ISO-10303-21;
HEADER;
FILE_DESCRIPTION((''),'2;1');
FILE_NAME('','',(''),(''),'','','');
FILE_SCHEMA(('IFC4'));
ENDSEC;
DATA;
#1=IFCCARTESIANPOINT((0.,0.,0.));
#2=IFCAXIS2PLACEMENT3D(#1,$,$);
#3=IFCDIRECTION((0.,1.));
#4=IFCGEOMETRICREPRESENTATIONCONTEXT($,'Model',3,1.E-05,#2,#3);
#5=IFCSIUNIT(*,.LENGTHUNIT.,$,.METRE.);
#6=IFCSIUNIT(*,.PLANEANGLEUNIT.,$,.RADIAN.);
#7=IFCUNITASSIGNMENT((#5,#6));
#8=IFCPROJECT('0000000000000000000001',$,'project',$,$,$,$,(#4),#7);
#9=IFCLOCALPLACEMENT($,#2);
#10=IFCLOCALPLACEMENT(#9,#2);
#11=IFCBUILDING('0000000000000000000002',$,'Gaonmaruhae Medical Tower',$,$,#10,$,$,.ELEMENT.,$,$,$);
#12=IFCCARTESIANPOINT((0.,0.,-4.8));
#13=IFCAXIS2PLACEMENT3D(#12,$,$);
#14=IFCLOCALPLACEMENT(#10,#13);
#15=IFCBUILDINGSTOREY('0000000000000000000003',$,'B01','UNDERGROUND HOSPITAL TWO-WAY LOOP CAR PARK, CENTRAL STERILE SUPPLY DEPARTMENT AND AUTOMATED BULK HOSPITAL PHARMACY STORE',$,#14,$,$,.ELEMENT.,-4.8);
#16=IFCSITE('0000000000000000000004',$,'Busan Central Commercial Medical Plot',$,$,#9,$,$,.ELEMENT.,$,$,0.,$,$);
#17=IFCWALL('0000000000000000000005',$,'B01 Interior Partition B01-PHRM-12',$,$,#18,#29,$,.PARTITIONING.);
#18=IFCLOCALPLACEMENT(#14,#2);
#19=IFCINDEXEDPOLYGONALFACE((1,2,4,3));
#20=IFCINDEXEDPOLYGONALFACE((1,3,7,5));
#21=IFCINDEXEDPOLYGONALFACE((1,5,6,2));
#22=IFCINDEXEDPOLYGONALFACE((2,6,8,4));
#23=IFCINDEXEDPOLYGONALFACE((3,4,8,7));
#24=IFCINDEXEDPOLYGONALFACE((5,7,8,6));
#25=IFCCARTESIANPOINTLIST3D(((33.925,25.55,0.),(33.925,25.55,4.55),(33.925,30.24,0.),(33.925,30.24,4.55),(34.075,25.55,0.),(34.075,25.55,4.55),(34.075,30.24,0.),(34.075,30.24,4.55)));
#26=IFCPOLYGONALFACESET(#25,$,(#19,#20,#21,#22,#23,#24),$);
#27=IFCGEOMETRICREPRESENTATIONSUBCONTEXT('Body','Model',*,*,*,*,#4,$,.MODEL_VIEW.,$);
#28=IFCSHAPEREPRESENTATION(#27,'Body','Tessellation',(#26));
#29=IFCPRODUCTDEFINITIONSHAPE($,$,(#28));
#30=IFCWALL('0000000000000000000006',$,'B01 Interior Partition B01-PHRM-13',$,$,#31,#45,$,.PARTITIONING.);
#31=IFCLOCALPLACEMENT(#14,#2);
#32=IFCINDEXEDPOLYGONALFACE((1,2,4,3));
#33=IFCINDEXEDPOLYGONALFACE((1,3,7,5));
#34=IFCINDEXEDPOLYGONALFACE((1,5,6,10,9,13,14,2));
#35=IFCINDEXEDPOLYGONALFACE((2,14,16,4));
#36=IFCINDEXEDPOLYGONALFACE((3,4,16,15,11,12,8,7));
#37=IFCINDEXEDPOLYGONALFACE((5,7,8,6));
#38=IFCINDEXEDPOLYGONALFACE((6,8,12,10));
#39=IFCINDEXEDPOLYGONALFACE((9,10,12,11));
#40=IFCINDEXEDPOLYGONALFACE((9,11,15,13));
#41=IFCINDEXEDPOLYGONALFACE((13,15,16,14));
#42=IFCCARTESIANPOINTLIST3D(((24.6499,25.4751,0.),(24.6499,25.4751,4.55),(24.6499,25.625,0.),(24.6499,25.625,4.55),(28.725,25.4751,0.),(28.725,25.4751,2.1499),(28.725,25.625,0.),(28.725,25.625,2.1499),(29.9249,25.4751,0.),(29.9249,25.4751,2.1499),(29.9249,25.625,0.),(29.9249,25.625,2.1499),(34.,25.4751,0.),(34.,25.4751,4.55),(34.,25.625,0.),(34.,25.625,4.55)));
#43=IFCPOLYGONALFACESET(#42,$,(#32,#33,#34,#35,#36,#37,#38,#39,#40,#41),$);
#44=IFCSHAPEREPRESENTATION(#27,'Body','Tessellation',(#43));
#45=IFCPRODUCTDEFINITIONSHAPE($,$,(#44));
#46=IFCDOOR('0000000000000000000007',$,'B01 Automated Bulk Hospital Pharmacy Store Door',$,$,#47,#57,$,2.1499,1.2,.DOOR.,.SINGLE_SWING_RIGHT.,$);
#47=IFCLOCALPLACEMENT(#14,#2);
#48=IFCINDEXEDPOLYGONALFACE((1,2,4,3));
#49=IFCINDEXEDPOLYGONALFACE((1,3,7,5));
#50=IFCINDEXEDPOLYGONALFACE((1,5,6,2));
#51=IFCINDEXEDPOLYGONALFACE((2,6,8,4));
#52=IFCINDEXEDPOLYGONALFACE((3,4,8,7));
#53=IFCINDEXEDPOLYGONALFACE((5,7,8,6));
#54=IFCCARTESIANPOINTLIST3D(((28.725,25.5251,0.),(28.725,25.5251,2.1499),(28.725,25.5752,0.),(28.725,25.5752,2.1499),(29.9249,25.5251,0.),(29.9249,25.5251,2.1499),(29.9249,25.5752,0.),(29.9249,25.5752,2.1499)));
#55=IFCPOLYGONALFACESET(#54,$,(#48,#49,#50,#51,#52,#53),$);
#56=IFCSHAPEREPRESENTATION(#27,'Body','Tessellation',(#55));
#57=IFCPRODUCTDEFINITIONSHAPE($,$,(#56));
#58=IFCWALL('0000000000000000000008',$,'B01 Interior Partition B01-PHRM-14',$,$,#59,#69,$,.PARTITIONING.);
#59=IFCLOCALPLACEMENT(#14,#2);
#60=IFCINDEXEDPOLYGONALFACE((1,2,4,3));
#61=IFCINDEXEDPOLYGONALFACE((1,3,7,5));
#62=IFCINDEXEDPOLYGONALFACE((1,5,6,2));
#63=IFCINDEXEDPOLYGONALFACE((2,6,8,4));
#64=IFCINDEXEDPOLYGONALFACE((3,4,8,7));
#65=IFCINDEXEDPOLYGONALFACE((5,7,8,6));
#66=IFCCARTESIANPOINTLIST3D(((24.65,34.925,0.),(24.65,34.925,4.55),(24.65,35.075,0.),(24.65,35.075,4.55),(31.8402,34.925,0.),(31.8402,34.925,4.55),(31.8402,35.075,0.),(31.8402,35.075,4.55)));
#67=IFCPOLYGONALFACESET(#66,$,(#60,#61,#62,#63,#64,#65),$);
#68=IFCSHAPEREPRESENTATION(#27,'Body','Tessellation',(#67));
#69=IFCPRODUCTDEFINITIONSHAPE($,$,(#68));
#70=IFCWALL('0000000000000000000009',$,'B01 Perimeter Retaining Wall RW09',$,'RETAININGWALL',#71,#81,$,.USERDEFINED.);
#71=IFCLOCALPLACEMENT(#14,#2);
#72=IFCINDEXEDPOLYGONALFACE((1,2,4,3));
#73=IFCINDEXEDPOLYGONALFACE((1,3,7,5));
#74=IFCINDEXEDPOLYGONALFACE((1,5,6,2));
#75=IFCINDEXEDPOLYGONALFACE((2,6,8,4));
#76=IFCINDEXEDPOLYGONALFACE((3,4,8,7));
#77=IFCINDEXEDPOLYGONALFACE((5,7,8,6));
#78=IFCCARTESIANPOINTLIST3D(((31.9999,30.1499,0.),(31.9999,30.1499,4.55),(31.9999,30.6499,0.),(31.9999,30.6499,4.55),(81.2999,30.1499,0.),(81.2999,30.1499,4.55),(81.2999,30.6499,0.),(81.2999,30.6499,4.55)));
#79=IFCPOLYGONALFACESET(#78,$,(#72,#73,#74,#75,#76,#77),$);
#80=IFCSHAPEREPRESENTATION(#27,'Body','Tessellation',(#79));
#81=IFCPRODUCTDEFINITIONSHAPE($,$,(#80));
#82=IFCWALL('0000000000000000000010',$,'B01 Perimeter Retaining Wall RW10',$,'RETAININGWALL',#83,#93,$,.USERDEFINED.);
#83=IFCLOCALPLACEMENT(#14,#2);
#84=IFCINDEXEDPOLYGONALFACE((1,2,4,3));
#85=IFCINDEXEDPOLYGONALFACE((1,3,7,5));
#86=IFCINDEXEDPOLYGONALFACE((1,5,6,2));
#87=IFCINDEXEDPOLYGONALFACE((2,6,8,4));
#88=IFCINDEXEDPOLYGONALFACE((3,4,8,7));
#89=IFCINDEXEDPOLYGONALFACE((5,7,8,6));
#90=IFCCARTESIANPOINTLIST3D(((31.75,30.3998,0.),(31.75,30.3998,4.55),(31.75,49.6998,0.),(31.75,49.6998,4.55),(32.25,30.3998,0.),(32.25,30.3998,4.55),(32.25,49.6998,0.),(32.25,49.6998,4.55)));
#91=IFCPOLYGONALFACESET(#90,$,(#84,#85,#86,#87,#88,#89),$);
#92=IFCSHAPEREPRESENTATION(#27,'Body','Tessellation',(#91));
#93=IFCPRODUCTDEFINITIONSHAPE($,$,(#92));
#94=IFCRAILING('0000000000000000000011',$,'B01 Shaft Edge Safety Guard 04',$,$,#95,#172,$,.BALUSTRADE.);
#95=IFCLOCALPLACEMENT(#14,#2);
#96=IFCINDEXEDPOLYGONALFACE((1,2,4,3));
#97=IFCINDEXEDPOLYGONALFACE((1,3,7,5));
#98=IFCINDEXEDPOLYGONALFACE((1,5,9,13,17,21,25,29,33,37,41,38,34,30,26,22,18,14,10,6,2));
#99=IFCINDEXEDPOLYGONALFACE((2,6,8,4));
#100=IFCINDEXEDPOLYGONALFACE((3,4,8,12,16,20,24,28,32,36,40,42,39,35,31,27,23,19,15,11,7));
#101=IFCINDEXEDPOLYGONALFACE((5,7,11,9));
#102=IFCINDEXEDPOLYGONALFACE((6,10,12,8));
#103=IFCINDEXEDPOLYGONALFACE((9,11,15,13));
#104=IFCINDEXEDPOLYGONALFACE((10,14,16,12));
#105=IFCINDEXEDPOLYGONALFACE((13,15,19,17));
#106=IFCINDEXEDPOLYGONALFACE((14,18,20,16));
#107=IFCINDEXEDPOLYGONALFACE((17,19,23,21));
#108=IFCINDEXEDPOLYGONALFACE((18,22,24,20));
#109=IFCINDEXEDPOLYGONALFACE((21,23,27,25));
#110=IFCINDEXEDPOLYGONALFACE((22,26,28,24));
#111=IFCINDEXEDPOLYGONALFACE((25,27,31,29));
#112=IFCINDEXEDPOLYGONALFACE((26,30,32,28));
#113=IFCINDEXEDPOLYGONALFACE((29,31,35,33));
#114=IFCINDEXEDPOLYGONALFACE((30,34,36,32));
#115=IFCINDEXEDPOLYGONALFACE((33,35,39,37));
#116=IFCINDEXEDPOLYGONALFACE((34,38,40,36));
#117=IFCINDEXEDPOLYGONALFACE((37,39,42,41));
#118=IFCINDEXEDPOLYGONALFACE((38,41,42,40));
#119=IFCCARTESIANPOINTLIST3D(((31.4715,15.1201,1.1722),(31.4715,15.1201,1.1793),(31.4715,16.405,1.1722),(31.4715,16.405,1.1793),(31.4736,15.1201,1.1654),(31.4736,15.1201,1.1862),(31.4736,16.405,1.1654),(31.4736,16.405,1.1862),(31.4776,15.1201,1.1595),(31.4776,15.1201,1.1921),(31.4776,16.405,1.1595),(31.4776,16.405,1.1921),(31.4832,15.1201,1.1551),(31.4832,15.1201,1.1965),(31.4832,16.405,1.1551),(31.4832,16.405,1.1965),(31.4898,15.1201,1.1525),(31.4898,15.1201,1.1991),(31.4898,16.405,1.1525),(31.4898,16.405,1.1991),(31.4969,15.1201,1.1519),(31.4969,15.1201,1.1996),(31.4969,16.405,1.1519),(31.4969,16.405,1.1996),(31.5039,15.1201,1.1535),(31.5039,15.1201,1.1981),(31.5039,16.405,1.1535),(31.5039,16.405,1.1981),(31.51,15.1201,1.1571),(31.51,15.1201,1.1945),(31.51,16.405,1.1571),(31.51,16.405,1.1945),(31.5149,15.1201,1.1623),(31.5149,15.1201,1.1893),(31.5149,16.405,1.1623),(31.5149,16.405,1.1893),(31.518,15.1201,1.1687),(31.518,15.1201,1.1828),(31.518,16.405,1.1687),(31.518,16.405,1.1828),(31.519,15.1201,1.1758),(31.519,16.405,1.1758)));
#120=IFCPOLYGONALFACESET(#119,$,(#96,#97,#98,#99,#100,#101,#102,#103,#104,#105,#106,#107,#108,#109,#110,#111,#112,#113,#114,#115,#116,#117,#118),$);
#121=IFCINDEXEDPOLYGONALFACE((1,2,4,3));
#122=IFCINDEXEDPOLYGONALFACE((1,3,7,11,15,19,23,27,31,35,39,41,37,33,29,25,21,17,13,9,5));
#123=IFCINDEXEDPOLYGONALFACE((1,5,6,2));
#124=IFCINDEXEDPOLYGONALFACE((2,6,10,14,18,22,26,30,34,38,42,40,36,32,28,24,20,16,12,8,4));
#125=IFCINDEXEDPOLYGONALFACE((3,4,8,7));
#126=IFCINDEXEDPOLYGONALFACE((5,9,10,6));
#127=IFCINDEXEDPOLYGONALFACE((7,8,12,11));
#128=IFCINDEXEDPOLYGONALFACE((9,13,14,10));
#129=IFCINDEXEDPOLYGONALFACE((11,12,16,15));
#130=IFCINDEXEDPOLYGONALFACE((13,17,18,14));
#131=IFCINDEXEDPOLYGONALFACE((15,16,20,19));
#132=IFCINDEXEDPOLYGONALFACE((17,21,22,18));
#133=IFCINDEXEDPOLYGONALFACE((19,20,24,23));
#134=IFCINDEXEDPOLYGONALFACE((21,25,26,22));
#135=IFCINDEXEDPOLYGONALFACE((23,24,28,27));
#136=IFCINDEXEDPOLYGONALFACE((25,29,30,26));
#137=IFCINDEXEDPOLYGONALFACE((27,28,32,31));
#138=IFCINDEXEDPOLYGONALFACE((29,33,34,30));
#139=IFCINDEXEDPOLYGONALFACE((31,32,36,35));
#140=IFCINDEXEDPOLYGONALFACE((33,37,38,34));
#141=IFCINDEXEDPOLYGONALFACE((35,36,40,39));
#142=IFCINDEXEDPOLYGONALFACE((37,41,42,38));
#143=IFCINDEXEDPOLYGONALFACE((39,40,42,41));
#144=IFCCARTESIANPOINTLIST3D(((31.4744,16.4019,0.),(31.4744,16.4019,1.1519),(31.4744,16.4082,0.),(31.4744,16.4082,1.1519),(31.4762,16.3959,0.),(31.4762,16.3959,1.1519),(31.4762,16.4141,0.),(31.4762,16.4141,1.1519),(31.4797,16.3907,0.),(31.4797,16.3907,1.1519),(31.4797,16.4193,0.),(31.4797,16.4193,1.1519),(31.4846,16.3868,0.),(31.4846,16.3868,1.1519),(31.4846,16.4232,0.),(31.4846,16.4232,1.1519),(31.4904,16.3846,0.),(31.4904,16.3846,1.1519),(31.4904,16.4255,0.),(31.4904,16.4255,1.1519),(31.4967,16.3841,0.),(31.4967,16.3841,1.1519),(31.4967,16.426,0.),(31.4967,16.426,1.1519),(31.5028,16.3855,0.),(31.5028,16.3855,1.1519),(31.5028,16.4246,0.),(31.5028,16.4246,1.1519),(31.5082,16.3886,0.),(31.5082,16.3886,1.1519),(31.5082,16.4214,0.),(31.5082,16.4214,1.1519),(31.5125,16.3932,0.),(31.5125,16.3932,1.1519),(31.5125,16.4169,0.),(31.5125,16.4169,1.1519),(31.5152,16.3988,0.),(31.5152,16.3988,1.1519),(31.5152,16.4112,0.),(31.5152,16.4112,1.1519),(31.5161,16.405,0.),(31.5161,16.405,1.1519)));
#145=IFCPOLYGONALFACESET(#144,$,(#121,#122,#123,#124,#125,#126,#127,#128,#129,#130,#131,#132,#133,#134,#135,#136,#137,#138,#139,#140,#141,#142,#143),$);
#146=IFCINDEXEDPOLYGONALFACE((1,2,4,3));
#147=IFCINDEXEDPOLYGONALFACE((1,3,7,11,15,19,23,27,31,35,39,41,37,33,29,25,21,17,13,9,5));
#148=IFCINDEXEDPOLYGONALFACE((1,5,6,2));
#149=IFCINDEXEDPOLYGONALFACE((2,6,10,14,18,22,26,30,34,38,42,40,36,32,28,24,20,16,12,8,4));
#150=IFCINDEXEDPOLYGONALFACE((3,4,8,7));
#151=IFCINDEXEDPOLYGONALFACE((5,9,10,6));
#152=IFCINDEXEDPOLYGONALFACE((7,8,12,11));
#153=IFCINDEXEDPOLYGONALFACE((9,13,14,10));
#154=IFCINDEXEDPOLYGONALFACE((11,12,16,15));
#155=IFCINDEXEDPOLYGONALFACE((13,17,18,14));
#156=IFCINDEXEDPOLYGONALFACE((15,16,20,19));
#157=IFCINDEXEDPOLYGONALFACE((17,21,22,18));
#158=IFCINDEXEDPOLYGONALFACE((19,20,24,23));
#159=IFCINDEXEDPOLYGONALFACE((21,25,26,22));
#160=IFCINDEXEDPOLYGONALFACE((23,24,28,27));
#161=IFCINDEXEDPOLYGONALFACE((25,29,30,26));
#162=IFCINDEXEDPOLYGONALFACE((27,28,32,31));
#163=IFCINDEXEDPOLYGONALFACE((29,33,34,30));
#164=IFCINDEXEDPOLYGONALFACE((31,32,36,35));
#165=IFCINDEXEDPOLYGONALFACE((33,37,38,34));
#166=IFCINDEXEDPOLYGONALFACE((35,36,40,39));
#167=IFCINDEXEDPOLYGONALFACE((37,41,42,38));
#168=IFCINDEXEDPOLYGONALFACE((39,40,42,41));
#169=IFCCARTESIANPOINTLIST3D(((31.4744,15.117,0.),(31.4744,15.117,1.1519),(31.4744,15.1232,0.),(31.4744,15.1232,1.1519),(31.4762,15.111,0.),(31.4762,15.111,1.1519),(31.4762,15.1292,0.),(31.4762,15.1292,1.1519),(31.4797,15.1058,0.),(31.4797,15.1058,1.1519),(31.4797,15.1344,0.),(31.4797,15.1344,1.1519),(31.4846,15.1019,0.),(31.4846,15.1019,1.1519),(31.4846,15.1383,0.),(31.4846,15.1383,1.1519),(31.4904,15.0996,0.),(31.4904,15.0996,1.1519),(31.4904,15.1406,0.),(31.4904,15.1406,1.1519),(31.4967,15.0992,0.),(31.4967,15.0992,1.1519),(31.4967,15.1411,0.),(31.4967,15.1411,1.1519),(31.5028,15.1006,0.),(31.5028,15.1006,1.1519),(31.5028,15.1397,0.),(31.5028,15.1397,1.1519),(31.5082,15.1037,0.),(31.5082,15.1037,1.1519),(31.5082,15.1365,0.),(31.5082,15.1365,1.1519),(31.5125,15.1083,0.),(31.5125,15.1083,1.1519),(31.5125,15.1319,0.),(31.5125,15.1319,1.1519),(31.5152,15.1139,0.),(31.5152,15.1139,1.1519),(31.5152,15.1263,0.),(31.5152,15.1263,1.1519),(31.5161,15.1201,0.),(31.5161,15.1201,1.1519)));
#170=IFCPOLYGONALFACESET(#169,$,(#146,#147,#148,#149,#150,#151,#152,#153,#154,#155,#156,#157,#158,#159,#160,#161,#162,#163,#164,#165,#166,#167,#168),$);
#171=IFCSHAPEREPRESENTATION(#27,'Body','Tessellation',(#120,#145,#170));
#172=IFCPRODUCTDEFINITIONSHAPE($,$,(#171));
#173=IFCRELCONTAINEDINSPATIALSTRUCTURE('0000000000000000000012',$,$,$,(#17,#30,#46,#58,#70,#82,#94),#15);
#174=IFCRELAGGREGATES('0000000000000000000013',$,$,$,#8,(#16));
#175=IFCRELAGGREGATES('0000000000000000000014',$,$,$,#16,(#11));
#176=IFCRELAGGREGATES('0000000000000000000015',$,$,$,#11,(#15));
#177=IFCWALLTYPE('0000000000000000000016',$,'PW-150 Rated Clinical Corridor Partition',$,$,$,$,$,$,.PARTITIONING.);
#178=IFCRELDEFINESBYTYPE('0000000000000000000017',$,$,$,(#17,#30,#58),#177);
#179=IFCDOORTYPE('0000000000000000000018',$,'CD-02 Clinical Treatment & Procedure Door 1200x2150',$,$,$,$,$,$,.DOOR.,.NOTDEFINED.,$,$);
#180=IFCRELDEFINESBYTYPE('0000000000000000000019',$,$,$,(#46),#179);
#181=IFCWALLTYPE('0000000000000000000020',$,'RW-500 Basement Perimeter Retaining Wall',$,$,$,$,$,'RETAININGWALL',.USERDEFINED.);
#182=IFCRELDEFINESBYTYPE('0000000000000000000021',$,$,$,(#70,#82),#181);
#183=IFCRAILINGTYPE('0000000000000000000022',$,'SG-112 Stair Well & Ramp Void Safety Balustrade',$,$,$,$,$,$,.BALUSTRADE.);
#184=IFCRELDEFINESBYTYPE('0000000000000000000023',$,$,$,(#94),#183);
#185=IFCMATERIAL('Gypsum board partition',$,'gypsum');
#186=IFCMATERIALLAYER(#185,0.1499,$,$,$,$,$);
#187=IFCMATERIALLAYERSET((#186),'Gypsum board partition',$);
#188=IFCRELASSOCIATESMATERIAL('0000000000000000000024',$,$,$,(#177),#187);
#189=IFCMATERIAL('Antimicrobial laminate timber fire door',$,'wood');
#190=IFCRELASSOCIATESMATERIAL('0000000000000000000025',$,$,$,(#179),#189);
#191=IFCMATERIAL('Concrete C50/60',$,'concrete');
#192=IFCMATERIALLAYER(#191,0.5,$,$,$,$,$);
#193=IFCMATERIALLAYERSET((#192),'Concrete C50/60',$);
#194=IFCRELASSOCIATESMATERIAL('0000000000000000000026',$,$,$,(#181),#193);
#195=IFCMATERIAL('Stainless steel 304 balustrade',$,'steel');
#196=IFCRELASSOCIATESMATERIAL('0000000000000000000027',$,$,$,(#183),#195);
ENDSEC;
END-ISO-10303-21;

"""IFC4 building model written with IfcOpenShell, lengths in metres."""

from ifc_helpers import new_model, si_unit, direction, frame, frame_2d, origin, origin_2d, place, context, subcontext, project, spatial, rectangle, circle, extrude, material, layer, layer_set, type_object, element, fill, save


model = new_model("IFC4")

# Units and contexts
model_context = context("Model", 3, precision=1e-05, world=origin(), true_north=direction((0.0, 1.0)))
body_context = subcontext(model_context, "Body", "Model", "MODEL_VIEW")
ifc_project = project(units=[si_unit("LENGTHUNIT", "METRE"), si_unit("PLANEANGLEUNIT", "RADIAN")], contexts=[model_context])

# Site, building, storey
site_placement = place(None, origin())
site = spatial("IfcSite", under=ifc_project, at=site_placement, Name="Busan Central Commercial Medical Plot", CompositionType="ELEMENT", RefElevation=0.0)
building_placement = place(site_placement, origin())
building = spatial("IfcBuilding", under=site, at=building_placement, Name="Gaonmaruhae Medical Tower", CompositionType="ELEMENT")
storey_placement = place(building_placement, frame((0.0, 0.0, -4.8)))
storey = spatial("IfcBuildingStorey", under=building, at=storey_placement, Name="B01", Description="UNDERGROUND HOSPITAL TWO-WAY LOOP CAR PARK, CENTRAL STERILE SUPPLY DEPARTMENT AND AUTOMATED BULK HOSPITAL PHARMACY STORE", CompositionType="ELEMENT", Elevation=-4.8)

# Shared definitions
ifc_material_1 = material(Name="Concrete C50/60", Category="concrete")

# Wall
ifc_material_2 = material(Name="Gypsum board partition", Category="gypsum")
ifc_layer_1 = layer(ifc_material_2, 0.1499)
ifc_layer_set_1 = layer_set([ifc_layer_1], Name="Gypsum board partition")
wall_type_1 = type_object("IfcWallType", Name="PW-150 Rated Clinical Corridor Partition", PredefinedType="PARTITIONING", material=ifc_layer_set_1)
wall_1_placement = place(storey_placement, frame((34.0, 30.24, 0.0), z_axis=(0.0, 0.0, 1.0), x_axis=(0.0, -1.0, 0.0)))
element("IfcWall", 1, at=wall_1_placement, inside=storey, type_object=wall_type_1, Name="B01 Interior Partition B01-PHRM-12", PredefinedType="PARTITIONING", context=body_context, shape_type="SweptSolid", body=[
    extrude(rectangle(XDim=4.6899, YDim=0.1499, at=frame_2d((2.345, 0.0))), origin(), (0.0, 0.0, 1.0), 4.55),
])

# Wall, opening, door
wall_2_placement = place(storey_placement, frame((34.0, 25.55, 0.0), z_axis=(0.0, 0.0, 1.0), x_axis=(-1.0, 0.0, 0.0)))
wall_2 = element("IfcWall", 2, at=wall_2_placement, inside=storey, type_object=wall_type_1, Name="B01 Interior Partition B01-PHRM-13", PredefinedType="PARTITIONING", context=body_context, shape_type="SweptSolid", body=[
    extrude(rectangle(XDim=9.3501, YDim=0.1499, at=frame_2d((4.675, 0.0))), origin(), (0.0, 0.0, 1.0), 4.55),
])
opening_placement = place(wall_2_placement, frame((4.075, 0.0, 0.0)))
opening = element("IfcOpeningElement", 3, at=opening_placement, cuts=wall_2, PredefinedType="OPENING", context=body_context, shape_type="SweptSolid", body=[
    extrude(rectangle(XDim=1.2, YDim=2.1499, at=frame_2d((0.6001, 1.075))), frame((0.0, 0.085, 0.0), z_axis=(0.0, -1.0, 0.0), x_axis=(1.0, 0.0, 0.0)), (0.0, 0.0, 1.0), 0.1699),
])
ifc_material_3 = material(Name="Antimicrobial laminate timber fire door", Category="wood")
door_type = type_object("IfcDoorType", Name="CD-02 Clinical Treatment & Procedure Door 1200x2150", OperationType="NOTDEFINED", PredefinedType="DOOR", material=ifc_material_3)
door_placement = place(opening_placement, origin())
door = element("IfcDoor", 4, at=door_placement, inside=storey, type_object=door_type, Name="B01 Automated Bulk Hospital Pharmacy Store Door", OperationType="SINGLE_SWING_RIGHT", OverallHeight=2.1499, OverallWidth=1.2, PredefinedType="DOOR", context=body_context, shape_type="SweptSolid", body=[
    extrude(rectangle(XDim=1.2, YDim=2.1499, at=frame_2d((0.6001, 1.075))), frame((0.0, 0.0249, 0.0), z_axis=(0.0, -1.0, 0.0), x_axis=(1.0, 0.0, 0.0)), (0.0, 0.0, 1.0), 0.05),
])
fill(opening, door)

# Walls
wall_3_placement = place(storey_placement, frame((24.6499, 35.0, 0.0), z_axis=(0.0, 0.0, 1.0), x_axis=(1.0, 0.0, 0.0)))
element("IfcWall", 5, at=wall_3_placement, inside=storey, type_object=wall_type_1, Name="B01 Interior Partition B01-PHRM-14", PredefinedType="PARTITIONING", context=body_context, shape_type="SweptSolid", body=[
    extrude(rectangle(XDim=7.1902, YDim=0.1499, at=frame_2d((3.5952, 0.0))), origin(), (0.0, 0.0, 1.0), 4.55),
])
ifc_layer_2 = layer(ifc_material_1, 0.5)
ifc_layer_set_2 = layer_set([ifc_layer_2], Name="Concrete C50/60")
wall_type_2 = type_object("IfcWallType", Name="RW-500 Basement Perimeter Retaining Wall", ElementType="RETAININGWALL", PredefinedType="USERDEFINED", material=ifc_layer_set_2)
wall_4_placement = place(storey_placement, frame((32.0, 30.3999, 0.0), z_axis=(0.0, 0.0, 1.0), x_axis=(1.0, 0.0, 0.0)))
element("IfcWall", 6, at=wall_4_placement, inside=storey, type_object=wall_type_2, Name="B01 Perimeter Retaining Wall RW09", ObjectType="RETAININGWALL", PredefinedType="USERDEFINED", context=body_context, shape_type="SweptSolid", body=[
    extrude(rectangle(XDim=49.3, YDim=0.5, at=frame_2d((24.6499, 0.0))), origin(), (0.0, 0.0, 1.0), 4.55),
])
wall_5_placement = place(storey_placement, frame((32.0, 30.3999, 0.0), z_axis=(0.0, 0.0, 1.0), x_axis=(0.0, 1.0, 0.0)))
element("IfcWall", 7, at=wall_5_placement, inside=storey, type_object=wall_type_2, Name="B01 Perimeter Retaining Wall RW10", ObjectType="RETAININGWALL", PredefinedType="USERDEFINED", context=body_context, shape_type="SweptSolid", body=[
    extrude(rectangle(XDim=19.3, YDim=0.5, at=frame_2d((9.6499, 0.0))), origin(), (0.0, 0.0, 1.0), 4.55),
])

# Railing
ifc_material_4 = material(Name="Stainless steel 304 balustrade", Category="steel")
railing_type = type_object("IfcRailingType", Name="SG-112 Stair Well & Ramp Void Safety Balustrade", PredefinedType="BALUSTRADE", material=ifc_material_4)
railing_1_placement = place(storey_placement, frame((31.4951, 16.405, 0.0)))
element("IfcRailing", 8, at=railing_1_placement, inside=storey, type_object=railing_type, Name="B01 Shaft Edge Safety Guard 04", PredefinedType="BALUSTRADE", context=body_context, shape_type="SweptSolid", body=[
    extrude(circle(Radius=0.0239, at=origin_2d()), frame((0.0, 0.0, 1.1758), z_axis=(0.0, -1.0, 0.0), x_axis=(1.0, 0.0, 0.0)), (0.0, 0.0, 1.0), 1.2849),
    extrude(circle(Radius=0.021, at=origin_2d()), origin(), (0.0, 0.0, 1.0), 1.1519),
    extrude(circle(Radius=0.021, at=origin_2d()), frame((0.0, -1.2849, 0.0)), (0.0, 0.0, 1.0), 1.1519),
])

save(model, "model.ifc")
